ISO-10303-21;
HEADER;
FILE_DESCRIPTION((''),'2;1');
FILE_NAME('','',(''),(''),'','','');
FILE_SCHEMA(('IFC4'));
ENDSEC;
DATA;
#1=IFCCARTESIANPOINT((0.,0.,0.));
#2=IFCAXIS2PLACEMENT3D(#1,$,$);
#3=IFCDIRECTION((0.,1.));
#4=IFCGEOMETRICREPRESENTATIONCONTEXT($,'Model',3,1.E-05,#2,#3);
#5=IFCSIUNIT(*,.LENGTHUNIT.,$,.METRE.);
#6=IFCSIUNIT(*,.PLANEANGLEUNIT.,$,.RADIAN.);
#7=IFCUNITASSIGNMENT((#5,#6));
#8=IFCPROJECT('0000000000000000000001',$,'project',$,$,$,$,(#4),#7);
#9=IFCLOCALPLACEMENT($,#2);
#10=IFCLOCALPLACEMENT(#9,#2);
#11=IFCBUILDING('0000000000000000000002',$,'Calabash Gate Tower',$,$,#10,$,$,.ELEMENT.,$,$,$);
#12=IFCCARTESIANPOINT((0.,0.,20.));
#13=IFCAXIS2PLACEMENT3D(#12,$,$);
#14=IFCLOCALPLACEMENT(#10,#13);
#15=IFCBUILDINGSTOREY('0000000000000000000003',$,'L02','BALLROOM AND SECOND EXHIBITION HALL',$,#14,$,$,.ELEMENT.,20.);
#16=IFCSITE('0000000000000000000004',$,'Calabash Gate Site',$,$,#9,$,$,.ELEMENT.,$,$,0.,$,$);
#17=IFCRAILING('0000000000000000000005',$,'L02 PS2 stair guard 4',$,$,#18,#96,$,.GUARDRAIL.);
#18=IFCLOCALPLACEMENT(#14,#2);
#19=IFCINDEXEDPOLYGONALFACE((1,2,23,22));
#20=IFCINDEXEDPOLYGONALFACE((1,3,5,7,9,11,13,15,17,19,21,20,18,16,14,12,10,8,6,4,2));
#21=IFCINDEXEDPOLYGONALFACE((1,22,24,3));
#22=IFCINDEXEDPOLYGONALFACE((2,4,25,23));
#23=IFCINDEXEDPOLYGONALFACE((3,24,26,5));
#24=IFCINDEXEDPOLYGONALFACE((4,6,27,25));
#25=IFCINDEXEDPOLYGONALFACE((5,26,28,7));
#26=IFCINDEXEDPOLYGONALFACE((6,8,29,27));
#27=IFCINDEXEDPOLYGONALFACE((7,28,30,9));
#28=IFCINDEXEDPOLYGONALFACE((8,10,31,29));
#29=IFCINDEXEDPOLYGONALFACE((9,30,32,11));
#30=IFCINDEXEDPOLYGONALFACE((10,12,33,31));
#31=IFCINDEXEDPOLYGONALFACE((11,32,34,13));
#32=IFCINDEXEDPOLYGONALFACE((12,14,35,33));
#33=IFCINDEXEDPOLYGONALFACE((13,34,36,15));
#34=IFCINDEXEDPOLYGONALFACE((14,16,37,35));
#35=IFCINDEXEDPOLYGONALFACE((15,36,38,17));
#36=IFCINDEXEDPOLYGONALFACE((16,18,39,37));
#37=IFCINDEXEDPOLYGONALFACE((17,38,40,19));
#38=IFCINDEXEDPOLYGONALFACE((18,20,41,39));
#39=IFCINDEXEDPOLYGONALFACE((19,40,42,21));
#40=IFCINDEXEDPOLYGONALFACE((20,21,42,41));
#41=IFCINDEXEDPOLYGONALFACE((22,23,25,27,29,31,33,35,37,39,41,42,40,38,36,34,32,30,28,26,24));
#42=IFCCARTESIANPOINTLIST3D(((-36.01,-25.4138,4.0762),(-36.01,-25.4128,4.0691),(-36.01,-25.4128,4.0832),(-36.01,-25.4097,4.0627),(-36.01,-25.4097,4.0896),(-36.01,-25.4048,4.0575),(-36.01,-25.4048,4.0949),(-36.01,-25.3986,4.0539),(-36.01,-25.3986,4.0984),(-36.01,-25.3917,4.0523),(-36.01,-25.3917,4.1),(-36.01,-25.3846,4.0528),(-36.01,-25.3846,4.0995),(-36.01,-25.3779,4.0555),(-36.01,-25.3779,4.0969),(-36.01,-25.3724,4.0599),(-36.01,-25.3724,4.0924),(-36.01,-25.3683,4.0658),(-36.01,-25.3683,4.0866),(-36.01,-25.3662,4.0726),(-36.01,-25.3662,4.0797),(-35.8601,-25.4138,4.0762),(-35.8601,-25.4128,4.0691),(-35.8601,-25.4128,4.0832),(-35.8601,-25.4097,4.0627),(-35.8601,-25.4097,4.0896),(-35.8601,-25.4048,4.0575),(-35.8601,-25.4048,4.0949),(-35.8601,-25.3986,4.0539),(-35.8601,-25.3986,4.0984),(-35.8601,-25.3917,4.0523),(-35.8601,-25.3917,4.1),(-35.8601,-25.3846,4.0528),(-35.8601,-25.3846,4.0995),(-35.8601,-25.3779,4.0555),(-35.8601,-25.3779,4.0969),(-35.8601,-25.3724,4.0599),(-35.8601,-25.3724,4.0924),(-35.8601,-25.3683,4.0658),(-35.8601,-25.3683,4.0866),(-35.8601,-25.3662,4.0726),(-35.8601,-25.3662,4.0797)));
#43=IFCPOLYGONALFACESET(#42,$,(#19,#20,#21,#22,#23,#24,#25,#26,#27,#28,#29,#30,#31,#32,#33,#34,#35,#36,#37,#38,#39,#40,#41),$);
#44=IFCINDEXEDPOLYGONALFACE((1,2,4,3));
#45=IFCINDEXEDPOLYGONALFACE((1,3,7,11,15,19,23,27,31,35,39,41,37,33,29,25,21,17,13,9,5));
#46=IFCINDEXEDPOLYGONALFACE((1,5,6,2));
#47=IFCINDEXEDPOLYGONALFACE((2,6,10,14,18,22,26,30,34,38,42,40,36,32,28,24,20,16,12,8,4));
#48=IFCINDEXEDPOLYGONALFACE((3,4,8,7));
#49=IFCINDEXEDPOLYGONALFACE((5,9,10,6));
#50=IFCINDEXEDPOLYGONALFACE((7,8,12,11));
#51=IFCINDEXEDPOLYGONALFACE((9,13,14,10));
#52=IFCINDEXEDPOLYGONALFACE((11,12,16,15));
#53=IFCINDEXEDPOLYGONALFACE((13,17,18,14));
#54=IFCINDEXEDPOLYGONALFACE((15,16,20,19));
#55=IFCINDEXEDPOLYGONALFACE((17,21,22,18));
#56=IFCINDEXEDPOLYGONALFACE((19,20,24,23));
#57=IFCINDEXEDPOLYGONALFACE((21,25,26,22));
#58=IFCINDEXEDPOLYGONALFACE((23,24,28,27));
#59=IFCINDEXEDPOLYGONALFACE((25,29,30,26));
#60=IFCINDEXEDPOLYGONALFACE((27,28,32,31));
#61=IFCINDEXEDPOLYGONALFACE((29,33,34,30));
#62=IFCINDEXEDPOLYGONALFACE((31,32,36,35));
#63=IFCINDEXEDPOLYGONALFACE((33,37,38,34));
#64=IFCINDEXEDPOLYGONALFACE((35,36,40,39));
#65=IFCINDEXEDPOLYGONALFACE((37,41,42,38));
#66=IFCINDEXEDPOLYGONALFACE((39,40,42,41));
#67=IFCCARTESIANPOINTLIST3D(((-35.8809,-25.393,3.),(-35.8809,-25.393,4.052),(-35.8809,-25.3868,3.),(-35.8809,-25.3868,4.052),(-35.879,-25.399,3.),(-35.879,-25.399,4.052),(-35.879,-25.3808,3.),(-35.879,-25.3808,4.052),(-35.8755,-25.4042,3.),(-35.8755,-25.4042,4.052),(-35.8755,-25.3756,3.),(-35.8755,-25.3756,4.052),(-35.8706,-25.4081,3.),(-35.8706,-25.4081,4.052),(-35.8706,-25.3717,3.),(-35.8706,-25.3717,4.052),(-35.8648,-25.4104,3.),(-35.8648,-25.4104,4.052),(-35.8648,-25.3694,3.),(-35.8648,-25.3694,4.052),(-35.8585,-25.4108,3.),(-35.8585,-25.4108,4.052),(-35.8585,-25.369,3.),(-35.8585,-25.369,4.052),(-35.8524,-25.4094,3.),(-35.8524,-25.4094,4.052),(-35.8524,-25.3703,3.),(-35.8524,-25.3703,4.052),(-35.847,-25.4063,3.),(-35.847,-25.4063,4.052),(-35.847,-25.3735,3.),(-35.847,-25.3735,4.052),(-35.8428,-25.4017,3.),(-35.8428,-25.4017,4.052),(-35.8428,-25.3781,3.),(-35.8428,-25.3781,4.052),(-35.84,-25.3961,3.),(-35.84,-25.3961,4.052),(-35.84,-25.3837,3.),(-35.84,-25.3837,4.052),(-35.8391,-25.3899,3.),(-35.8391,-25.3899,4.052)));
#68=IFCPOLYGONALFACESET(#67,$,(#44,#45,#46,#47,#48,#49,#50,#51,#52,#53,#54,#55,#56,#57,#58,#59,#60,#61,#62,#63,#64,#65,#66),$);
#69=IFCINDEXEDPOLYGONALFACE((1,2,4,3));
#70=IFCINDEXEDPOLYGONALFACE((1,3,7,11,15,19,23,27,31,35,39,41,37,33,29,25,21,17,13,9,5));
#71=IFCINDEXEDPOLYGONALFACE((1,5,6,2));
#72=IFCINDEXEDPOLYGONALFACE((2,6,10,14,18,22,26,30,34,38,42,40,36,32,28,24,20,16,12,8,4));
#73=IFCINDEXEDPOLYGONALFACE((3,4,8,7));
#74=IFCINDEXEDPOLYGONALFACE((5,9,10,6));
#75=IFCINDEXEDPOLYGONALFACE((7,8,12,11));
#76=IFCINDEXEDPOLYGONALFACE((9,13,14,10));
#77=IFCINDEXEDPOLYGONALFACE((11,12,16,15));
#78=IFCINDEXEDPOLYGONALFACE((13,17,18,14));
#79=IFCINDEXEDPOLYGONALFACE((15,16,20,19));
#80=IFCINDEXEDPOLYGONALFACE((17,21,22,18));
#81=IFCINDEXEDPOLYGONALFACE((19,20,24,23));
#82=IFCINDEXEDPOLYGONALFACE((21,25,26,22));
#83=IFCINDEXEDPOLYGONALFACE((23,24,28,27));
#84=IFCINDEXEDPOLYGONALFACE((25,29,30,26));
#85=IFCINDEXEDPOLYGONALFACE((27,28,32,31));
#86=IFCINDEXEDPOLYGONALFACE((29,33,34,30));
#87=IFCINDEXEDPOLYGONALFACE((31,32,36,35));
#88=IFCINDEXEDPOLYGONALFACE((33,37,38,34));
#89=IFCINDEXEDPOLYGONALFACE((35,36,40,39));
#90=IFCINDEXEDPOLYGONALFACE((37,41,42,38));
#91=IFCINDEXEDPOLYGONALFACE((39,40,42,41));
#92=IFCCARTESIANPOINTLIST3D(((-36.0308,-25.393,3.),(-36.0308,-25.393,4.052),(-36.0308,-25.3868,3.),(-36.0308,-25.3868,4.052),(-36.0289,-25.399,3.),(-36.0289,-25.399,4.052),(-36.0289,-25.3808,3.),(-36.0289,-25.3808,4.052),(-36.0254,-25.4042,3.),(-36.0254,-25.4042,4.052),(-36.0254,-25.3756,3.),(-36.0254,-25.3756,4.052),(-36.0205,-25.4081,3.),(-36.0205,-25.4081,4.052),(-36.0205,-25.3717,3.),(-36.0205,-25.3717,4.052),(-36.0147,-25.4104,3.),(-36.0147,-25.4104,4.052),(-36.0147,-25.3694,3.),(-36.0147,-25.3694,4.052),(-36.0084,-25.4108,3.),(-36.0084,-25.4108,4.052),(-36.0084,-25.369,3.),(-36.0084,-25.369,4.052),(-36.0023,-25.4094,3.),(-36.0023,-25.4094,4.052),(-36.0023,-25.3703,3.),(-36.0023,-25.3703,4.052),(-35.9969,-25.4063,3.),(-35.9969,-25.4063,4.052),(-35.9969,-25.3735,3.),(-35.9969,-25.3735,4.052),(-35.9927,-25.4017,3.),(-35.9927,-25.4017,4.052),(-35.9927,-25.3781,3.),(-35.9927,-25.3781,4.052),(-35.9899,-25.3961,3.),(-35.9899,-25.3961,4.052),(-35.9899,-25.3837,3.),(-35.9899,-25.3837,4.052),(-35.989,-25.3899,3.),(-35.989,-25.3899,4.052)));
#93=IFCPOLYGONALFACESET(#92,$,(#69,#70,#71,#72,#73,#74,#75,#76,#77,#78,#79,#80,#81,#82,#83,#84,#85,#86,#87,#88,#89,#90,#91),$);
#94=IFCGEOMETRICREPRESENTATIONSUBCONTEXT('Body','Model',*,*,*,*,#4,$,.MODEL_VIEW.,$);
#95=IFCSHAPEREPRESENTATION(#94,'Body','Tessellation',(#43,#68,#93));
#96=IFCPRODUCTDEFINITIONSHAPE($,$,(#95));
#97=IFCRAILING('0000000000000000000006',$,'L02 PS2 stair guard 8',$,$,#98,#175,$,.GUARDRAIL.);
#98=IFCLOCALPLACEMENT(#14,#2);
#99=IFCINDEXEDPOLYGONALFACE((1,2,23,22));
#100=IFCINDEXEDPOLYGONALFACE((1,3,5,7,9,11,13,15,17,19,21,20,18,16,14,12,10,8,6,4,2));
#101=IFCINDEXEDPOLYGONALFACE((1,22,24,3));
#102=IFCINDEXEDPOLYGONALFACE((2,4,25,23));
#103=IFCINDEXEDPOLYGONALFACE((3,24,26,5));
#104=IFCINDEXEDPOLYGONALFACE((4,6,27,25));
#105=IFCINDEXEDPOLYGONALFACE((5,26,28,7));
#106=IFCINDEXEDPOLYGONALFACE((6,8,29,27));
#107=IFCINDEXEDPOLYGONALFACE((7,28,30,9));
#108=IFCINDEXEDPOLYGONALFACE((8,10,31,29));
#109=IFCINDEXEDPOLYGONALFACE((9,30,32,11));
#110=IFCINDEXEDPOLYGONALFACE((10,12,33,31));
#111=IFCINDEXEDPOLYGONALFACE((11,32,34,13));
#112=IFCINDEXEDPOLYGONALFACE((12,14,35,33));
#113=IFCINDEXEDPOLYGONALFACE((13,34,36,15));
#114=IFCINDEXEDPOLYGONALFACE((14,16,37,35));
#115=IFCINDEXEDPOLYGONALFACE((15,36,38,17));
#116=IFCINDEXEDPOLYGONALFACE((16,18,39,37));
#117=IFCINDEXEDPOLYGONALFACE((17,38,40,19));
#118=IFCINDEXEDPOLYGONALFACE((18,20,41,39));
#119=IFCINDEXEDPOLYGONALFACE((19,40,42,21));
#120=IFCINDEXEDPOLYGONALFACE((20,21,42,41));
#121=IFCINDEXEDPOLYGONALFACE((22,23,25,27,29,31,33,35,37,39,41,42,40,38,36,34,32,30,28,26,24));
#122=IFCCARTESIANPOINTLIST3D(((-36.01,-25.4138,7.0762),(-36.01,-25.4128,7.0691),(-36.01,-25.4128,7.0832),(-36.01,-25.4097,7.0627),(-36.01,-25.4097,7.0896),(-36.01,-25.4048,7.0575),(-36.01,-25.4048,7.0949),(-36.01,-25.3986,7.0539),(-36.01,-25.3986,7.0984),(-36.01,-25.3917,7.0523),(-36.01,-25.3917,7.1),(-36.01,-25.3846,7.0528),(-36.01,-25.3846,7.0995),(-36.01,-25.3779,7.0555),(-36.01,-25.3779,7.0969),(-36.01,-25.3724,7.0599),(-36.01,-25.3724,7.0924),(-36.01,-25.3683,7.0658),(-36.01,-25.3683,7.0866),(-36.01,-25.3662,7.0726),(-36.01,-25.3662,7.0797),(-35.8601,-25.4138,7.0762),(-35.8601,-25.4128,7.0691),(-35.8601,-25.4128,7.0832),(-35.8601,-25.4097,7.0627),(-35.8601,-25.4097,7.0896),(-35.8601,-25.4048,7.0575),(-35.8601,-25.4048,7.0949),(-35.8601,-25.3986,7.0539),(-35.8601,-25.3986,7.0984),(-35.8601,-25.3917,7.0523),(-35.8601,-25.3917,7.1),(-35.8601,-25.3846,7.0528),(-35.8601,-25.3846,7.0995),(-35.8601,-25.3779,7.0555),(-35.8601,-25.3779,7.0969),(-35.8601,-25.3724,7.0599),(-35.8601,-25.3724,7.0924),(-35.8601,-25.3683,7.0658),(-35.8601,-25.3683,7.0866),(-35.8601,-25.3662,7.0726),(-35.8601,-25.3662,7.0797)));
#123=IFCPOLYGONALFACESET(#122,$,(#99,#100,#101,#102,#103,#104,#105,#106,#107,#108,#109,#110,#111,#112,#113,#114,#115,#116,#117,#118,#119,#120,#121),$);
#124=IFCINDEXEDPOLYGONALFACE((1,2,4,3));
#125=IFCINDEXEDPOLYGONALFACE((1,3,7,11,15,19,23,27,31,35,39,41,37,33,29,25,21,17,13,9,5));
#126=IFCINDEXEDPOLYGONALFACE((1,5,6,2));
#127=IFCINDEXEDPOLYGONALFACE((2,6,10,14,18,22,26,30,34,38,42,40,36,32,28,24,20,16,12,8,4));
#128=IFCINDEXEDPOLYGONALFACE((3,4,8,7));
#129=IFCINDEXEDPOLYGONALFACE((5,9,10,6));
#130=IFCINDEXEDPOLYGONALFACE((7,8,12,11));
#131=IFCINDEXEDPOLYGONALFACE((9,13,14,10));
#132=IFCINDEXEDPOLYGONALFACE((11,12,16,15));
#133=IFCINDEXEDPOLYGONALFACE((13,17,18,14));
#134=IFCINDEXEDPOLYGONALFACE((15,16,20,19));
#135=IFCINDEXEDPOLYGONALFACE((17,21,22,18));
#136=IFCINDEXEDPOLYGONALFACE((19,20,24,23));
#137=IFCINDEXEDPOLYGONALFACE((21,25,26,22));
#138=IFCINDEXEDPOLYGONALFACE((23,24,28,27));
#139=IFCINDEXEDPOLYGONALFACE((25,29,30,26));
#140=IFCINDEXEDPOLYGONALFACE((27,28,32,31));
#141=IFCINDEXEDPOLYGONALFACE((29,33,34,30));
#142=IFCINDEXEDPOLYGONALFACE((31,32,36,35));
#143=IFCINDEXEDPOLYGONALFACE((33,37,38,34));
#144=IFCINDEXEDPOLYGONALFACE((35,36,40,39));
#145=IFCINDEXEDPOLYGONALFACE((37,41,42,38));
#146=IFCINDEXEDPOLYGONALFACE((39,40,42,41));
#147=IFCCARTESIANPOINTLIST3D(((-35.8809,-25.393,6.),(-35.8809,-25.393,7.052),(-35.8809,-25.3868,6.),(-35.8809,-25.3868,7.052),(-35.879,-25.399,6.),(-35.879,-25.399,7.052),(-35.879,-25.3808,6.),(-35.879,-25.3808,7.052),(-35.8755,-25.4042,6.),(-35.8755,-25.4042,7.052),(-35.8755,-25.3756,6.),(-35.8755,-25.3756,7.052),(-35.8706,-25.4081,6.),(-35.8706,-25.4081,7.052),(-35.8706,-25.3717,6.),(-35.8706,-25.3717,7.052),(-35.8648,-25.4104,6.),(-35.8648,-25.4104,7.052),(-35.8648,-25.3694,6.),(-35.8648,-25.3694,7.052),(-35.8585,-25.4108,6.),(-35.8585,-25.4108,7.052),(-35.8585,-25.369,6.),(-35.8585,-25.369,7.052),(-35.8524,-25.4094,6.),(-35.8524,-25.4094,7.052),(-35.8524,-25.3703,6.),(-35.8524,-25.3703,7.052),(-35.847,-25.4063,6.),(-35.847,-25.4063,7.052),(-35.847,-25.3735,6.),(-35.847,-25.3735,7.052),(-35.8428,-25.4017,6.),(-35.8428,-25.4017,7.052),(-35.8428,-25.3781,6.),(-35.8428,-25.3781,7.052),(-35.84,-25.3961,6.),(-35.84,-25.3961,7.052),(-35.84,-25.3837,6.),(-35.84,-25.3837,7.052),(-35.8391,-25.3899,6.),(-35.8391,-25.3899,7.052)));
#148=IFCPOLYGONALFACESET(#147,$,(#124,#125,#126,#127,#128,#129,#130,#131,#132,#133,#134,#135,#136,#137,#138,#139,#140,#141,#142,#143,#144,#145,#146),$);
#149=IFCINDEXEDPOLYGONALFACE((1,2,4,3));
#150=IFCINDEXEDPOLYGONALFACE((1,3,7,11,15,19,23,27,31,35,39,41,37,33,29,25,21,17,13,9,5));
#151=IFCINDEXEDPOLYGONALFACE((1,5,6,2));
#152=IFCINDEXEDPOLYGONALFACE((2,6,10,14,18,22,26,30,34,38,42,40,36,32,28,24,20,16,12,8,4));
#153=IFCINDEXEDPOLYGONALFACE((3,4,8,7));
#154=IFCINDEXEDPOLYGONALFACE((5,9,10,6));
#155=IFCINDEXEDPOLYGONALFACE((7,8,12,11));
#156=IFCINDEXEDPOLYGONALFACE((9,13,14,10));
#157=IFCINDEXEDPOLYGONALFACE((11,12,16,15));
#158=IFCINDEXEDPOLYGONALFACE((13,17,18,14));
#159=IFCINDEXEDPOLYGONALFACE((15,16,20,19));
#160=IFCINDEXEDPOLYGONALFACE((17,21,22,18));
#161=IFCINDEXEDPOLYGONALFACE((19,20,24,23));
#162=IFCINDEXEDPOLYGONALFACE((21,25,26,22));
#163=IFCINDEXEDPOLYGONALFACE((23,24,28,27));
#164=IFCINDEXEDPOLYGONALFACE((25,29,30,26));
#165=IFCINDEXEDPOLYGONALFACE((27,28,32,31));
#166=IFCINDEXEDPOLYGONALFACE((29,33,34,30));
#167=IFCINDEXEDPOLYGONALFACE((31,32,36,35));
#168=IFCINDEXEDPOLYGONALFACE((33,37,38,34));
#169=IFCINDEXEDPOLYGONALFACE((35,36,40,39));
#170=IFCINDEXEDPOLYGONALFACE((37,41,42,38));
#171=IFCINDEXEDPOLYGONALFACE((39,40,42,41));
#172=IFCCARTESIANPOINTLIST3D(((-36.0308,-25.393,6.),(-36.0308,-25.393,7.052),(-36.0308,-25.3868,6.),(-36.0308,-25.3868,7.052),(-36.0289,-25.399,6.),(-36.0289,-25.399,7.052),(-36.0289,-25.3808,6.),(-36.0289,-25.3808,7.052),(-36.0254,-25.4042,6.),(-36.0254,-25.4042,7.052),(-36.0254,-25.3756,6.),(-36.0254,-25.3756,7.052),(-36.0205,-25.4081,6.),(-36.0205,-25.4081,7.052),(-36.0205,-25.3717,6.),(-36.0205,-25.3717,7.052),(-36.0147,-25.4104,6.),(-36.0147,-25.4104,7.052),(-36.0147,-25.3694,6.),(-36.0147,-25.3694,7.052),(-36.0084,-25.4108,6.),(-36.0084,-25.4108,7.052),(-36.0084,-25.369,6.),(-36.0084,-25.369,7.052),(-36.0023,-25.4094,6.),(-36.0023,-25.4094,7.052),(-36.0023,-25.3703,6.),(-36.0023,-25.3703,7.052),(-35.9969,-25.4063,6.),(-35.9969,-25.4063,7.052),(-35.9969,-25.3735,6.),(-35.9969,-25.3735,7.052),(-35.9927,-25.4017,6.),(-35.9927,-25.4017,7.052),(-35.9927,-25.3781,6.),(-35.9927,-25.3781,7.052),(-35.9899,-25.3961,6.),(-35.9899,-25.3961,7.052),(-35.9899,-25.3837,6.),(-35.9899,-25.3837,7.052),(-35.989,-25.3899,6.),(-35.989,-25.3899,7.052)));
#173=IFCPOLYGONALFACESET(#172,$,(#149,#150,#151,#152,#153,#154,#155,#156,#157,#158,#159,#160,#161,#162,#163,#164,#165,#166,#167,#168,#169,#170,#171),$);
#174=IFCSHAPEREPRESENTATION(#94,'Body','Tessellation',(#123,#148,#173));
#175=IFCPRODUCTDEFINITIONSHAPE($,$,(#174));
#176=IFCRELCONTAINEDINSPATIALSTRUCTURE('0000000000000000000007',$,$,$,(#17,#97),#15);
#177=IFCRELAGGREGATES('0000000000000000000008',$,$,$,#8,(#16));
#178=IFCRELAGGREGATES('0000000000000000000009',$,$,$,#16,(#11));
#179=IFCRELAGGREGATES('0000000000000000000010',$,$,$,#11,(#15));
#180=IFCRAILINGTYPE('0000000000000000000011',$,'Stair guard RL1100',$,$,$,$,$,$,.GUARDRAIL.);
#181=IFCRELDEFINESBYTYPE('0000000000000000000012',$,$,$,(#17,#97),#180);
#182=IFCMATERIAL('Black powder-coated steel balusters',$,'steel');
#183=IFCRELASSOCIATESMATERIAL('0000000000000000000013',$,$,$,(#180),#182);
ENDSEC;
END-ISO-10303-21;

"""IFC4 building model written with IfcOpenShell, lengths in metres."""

from ifc_helpers import new_model, si_unit, direction, frame, origin, origin_2d, place, context, subcontext, project, spatial, circle, extrude, material, type_object, element, save


model = new_model("IFC4")

# Units and contexts
model_context = context("Model", 3, precision=1e-05, world=origin(), true_north=direction((0.0, 1.0)))
body_context = subcontext(model_context, "Body", "Model", "MODEL_VIEW")
ifc_project = project(units=[si_unit("LENGTHUNIT", "METRE"), si_unit("PLANEANGLEUNIT", "RADIAN")], contexts=[model_context])

# Site, building, storey
site_placement = place(None, origin())
site = spatial("IfcSite", under=ifc_project, at=site_placement, Name="Calabash Gate Site", CompositionType="ELEMENT", RefElevation=0.0)
building_placement = place(site_placement, origin())
building = spatial("IfcBuilding", under=site, at=building_placement, Name="Calabash Gate Tower", CompositionType="ELEMENT")
storey_placement = place(building_placement, frame((0.0, 0.0, 20.0)))
storey = spatial("IfcBuildingStorey", under=building, at=storey_placement, Name="L02", Description="BALLROOM AND SECOND EXHIBITION HALL", CompositionType="ELEMENT", Elevation=20.0)

# Railings
ifc_material_1 = material(Name="Black powder-coated steel balusters", Category="steel")
railing_type_1 = type_object("IfcRailingType", Name="Stair guard RL1100", PredefinedType="GUARDRAIL", material=ifc_material_1)
for number, where, name in (
    (1, (-35.8601, -25.3899, 3.0), "L02 PS2 stair guard 4"),
    (2, (-35.8601, -25.3899, 6.0), "L02 PS2 stair guard 8"),
):
    element("IfcRailing", number, at=place(storey_placement, frame(where)), inside=storey, type_object=railing_type_1, Name=name, PredefinedType="GUARDRAIL", context=body_context, shape_type="SweptSolid", body=[
        extrude(circle(Radius=0.0239, at=origin_2d()), frame((0.0, 0.0, 1.0762), z_axis=(-1.0, 0.0, 0.0), x_axis=(0.0, -1.0, 0.0)), (0.0, 0.0, 1.0), 0.1499),
        extrude(circle(Radius=0.021, at=origin_2d()), origin(), (0.0, 0.0, 1.0), 1.052),
        extrude(circle(Radius=0.021, at=origin_2d()), frame((-0.1499, 0.0, 0.0)), (0.0, 0.0, 1.0), 1.052),
    ])

save(model, "model.ifc")
